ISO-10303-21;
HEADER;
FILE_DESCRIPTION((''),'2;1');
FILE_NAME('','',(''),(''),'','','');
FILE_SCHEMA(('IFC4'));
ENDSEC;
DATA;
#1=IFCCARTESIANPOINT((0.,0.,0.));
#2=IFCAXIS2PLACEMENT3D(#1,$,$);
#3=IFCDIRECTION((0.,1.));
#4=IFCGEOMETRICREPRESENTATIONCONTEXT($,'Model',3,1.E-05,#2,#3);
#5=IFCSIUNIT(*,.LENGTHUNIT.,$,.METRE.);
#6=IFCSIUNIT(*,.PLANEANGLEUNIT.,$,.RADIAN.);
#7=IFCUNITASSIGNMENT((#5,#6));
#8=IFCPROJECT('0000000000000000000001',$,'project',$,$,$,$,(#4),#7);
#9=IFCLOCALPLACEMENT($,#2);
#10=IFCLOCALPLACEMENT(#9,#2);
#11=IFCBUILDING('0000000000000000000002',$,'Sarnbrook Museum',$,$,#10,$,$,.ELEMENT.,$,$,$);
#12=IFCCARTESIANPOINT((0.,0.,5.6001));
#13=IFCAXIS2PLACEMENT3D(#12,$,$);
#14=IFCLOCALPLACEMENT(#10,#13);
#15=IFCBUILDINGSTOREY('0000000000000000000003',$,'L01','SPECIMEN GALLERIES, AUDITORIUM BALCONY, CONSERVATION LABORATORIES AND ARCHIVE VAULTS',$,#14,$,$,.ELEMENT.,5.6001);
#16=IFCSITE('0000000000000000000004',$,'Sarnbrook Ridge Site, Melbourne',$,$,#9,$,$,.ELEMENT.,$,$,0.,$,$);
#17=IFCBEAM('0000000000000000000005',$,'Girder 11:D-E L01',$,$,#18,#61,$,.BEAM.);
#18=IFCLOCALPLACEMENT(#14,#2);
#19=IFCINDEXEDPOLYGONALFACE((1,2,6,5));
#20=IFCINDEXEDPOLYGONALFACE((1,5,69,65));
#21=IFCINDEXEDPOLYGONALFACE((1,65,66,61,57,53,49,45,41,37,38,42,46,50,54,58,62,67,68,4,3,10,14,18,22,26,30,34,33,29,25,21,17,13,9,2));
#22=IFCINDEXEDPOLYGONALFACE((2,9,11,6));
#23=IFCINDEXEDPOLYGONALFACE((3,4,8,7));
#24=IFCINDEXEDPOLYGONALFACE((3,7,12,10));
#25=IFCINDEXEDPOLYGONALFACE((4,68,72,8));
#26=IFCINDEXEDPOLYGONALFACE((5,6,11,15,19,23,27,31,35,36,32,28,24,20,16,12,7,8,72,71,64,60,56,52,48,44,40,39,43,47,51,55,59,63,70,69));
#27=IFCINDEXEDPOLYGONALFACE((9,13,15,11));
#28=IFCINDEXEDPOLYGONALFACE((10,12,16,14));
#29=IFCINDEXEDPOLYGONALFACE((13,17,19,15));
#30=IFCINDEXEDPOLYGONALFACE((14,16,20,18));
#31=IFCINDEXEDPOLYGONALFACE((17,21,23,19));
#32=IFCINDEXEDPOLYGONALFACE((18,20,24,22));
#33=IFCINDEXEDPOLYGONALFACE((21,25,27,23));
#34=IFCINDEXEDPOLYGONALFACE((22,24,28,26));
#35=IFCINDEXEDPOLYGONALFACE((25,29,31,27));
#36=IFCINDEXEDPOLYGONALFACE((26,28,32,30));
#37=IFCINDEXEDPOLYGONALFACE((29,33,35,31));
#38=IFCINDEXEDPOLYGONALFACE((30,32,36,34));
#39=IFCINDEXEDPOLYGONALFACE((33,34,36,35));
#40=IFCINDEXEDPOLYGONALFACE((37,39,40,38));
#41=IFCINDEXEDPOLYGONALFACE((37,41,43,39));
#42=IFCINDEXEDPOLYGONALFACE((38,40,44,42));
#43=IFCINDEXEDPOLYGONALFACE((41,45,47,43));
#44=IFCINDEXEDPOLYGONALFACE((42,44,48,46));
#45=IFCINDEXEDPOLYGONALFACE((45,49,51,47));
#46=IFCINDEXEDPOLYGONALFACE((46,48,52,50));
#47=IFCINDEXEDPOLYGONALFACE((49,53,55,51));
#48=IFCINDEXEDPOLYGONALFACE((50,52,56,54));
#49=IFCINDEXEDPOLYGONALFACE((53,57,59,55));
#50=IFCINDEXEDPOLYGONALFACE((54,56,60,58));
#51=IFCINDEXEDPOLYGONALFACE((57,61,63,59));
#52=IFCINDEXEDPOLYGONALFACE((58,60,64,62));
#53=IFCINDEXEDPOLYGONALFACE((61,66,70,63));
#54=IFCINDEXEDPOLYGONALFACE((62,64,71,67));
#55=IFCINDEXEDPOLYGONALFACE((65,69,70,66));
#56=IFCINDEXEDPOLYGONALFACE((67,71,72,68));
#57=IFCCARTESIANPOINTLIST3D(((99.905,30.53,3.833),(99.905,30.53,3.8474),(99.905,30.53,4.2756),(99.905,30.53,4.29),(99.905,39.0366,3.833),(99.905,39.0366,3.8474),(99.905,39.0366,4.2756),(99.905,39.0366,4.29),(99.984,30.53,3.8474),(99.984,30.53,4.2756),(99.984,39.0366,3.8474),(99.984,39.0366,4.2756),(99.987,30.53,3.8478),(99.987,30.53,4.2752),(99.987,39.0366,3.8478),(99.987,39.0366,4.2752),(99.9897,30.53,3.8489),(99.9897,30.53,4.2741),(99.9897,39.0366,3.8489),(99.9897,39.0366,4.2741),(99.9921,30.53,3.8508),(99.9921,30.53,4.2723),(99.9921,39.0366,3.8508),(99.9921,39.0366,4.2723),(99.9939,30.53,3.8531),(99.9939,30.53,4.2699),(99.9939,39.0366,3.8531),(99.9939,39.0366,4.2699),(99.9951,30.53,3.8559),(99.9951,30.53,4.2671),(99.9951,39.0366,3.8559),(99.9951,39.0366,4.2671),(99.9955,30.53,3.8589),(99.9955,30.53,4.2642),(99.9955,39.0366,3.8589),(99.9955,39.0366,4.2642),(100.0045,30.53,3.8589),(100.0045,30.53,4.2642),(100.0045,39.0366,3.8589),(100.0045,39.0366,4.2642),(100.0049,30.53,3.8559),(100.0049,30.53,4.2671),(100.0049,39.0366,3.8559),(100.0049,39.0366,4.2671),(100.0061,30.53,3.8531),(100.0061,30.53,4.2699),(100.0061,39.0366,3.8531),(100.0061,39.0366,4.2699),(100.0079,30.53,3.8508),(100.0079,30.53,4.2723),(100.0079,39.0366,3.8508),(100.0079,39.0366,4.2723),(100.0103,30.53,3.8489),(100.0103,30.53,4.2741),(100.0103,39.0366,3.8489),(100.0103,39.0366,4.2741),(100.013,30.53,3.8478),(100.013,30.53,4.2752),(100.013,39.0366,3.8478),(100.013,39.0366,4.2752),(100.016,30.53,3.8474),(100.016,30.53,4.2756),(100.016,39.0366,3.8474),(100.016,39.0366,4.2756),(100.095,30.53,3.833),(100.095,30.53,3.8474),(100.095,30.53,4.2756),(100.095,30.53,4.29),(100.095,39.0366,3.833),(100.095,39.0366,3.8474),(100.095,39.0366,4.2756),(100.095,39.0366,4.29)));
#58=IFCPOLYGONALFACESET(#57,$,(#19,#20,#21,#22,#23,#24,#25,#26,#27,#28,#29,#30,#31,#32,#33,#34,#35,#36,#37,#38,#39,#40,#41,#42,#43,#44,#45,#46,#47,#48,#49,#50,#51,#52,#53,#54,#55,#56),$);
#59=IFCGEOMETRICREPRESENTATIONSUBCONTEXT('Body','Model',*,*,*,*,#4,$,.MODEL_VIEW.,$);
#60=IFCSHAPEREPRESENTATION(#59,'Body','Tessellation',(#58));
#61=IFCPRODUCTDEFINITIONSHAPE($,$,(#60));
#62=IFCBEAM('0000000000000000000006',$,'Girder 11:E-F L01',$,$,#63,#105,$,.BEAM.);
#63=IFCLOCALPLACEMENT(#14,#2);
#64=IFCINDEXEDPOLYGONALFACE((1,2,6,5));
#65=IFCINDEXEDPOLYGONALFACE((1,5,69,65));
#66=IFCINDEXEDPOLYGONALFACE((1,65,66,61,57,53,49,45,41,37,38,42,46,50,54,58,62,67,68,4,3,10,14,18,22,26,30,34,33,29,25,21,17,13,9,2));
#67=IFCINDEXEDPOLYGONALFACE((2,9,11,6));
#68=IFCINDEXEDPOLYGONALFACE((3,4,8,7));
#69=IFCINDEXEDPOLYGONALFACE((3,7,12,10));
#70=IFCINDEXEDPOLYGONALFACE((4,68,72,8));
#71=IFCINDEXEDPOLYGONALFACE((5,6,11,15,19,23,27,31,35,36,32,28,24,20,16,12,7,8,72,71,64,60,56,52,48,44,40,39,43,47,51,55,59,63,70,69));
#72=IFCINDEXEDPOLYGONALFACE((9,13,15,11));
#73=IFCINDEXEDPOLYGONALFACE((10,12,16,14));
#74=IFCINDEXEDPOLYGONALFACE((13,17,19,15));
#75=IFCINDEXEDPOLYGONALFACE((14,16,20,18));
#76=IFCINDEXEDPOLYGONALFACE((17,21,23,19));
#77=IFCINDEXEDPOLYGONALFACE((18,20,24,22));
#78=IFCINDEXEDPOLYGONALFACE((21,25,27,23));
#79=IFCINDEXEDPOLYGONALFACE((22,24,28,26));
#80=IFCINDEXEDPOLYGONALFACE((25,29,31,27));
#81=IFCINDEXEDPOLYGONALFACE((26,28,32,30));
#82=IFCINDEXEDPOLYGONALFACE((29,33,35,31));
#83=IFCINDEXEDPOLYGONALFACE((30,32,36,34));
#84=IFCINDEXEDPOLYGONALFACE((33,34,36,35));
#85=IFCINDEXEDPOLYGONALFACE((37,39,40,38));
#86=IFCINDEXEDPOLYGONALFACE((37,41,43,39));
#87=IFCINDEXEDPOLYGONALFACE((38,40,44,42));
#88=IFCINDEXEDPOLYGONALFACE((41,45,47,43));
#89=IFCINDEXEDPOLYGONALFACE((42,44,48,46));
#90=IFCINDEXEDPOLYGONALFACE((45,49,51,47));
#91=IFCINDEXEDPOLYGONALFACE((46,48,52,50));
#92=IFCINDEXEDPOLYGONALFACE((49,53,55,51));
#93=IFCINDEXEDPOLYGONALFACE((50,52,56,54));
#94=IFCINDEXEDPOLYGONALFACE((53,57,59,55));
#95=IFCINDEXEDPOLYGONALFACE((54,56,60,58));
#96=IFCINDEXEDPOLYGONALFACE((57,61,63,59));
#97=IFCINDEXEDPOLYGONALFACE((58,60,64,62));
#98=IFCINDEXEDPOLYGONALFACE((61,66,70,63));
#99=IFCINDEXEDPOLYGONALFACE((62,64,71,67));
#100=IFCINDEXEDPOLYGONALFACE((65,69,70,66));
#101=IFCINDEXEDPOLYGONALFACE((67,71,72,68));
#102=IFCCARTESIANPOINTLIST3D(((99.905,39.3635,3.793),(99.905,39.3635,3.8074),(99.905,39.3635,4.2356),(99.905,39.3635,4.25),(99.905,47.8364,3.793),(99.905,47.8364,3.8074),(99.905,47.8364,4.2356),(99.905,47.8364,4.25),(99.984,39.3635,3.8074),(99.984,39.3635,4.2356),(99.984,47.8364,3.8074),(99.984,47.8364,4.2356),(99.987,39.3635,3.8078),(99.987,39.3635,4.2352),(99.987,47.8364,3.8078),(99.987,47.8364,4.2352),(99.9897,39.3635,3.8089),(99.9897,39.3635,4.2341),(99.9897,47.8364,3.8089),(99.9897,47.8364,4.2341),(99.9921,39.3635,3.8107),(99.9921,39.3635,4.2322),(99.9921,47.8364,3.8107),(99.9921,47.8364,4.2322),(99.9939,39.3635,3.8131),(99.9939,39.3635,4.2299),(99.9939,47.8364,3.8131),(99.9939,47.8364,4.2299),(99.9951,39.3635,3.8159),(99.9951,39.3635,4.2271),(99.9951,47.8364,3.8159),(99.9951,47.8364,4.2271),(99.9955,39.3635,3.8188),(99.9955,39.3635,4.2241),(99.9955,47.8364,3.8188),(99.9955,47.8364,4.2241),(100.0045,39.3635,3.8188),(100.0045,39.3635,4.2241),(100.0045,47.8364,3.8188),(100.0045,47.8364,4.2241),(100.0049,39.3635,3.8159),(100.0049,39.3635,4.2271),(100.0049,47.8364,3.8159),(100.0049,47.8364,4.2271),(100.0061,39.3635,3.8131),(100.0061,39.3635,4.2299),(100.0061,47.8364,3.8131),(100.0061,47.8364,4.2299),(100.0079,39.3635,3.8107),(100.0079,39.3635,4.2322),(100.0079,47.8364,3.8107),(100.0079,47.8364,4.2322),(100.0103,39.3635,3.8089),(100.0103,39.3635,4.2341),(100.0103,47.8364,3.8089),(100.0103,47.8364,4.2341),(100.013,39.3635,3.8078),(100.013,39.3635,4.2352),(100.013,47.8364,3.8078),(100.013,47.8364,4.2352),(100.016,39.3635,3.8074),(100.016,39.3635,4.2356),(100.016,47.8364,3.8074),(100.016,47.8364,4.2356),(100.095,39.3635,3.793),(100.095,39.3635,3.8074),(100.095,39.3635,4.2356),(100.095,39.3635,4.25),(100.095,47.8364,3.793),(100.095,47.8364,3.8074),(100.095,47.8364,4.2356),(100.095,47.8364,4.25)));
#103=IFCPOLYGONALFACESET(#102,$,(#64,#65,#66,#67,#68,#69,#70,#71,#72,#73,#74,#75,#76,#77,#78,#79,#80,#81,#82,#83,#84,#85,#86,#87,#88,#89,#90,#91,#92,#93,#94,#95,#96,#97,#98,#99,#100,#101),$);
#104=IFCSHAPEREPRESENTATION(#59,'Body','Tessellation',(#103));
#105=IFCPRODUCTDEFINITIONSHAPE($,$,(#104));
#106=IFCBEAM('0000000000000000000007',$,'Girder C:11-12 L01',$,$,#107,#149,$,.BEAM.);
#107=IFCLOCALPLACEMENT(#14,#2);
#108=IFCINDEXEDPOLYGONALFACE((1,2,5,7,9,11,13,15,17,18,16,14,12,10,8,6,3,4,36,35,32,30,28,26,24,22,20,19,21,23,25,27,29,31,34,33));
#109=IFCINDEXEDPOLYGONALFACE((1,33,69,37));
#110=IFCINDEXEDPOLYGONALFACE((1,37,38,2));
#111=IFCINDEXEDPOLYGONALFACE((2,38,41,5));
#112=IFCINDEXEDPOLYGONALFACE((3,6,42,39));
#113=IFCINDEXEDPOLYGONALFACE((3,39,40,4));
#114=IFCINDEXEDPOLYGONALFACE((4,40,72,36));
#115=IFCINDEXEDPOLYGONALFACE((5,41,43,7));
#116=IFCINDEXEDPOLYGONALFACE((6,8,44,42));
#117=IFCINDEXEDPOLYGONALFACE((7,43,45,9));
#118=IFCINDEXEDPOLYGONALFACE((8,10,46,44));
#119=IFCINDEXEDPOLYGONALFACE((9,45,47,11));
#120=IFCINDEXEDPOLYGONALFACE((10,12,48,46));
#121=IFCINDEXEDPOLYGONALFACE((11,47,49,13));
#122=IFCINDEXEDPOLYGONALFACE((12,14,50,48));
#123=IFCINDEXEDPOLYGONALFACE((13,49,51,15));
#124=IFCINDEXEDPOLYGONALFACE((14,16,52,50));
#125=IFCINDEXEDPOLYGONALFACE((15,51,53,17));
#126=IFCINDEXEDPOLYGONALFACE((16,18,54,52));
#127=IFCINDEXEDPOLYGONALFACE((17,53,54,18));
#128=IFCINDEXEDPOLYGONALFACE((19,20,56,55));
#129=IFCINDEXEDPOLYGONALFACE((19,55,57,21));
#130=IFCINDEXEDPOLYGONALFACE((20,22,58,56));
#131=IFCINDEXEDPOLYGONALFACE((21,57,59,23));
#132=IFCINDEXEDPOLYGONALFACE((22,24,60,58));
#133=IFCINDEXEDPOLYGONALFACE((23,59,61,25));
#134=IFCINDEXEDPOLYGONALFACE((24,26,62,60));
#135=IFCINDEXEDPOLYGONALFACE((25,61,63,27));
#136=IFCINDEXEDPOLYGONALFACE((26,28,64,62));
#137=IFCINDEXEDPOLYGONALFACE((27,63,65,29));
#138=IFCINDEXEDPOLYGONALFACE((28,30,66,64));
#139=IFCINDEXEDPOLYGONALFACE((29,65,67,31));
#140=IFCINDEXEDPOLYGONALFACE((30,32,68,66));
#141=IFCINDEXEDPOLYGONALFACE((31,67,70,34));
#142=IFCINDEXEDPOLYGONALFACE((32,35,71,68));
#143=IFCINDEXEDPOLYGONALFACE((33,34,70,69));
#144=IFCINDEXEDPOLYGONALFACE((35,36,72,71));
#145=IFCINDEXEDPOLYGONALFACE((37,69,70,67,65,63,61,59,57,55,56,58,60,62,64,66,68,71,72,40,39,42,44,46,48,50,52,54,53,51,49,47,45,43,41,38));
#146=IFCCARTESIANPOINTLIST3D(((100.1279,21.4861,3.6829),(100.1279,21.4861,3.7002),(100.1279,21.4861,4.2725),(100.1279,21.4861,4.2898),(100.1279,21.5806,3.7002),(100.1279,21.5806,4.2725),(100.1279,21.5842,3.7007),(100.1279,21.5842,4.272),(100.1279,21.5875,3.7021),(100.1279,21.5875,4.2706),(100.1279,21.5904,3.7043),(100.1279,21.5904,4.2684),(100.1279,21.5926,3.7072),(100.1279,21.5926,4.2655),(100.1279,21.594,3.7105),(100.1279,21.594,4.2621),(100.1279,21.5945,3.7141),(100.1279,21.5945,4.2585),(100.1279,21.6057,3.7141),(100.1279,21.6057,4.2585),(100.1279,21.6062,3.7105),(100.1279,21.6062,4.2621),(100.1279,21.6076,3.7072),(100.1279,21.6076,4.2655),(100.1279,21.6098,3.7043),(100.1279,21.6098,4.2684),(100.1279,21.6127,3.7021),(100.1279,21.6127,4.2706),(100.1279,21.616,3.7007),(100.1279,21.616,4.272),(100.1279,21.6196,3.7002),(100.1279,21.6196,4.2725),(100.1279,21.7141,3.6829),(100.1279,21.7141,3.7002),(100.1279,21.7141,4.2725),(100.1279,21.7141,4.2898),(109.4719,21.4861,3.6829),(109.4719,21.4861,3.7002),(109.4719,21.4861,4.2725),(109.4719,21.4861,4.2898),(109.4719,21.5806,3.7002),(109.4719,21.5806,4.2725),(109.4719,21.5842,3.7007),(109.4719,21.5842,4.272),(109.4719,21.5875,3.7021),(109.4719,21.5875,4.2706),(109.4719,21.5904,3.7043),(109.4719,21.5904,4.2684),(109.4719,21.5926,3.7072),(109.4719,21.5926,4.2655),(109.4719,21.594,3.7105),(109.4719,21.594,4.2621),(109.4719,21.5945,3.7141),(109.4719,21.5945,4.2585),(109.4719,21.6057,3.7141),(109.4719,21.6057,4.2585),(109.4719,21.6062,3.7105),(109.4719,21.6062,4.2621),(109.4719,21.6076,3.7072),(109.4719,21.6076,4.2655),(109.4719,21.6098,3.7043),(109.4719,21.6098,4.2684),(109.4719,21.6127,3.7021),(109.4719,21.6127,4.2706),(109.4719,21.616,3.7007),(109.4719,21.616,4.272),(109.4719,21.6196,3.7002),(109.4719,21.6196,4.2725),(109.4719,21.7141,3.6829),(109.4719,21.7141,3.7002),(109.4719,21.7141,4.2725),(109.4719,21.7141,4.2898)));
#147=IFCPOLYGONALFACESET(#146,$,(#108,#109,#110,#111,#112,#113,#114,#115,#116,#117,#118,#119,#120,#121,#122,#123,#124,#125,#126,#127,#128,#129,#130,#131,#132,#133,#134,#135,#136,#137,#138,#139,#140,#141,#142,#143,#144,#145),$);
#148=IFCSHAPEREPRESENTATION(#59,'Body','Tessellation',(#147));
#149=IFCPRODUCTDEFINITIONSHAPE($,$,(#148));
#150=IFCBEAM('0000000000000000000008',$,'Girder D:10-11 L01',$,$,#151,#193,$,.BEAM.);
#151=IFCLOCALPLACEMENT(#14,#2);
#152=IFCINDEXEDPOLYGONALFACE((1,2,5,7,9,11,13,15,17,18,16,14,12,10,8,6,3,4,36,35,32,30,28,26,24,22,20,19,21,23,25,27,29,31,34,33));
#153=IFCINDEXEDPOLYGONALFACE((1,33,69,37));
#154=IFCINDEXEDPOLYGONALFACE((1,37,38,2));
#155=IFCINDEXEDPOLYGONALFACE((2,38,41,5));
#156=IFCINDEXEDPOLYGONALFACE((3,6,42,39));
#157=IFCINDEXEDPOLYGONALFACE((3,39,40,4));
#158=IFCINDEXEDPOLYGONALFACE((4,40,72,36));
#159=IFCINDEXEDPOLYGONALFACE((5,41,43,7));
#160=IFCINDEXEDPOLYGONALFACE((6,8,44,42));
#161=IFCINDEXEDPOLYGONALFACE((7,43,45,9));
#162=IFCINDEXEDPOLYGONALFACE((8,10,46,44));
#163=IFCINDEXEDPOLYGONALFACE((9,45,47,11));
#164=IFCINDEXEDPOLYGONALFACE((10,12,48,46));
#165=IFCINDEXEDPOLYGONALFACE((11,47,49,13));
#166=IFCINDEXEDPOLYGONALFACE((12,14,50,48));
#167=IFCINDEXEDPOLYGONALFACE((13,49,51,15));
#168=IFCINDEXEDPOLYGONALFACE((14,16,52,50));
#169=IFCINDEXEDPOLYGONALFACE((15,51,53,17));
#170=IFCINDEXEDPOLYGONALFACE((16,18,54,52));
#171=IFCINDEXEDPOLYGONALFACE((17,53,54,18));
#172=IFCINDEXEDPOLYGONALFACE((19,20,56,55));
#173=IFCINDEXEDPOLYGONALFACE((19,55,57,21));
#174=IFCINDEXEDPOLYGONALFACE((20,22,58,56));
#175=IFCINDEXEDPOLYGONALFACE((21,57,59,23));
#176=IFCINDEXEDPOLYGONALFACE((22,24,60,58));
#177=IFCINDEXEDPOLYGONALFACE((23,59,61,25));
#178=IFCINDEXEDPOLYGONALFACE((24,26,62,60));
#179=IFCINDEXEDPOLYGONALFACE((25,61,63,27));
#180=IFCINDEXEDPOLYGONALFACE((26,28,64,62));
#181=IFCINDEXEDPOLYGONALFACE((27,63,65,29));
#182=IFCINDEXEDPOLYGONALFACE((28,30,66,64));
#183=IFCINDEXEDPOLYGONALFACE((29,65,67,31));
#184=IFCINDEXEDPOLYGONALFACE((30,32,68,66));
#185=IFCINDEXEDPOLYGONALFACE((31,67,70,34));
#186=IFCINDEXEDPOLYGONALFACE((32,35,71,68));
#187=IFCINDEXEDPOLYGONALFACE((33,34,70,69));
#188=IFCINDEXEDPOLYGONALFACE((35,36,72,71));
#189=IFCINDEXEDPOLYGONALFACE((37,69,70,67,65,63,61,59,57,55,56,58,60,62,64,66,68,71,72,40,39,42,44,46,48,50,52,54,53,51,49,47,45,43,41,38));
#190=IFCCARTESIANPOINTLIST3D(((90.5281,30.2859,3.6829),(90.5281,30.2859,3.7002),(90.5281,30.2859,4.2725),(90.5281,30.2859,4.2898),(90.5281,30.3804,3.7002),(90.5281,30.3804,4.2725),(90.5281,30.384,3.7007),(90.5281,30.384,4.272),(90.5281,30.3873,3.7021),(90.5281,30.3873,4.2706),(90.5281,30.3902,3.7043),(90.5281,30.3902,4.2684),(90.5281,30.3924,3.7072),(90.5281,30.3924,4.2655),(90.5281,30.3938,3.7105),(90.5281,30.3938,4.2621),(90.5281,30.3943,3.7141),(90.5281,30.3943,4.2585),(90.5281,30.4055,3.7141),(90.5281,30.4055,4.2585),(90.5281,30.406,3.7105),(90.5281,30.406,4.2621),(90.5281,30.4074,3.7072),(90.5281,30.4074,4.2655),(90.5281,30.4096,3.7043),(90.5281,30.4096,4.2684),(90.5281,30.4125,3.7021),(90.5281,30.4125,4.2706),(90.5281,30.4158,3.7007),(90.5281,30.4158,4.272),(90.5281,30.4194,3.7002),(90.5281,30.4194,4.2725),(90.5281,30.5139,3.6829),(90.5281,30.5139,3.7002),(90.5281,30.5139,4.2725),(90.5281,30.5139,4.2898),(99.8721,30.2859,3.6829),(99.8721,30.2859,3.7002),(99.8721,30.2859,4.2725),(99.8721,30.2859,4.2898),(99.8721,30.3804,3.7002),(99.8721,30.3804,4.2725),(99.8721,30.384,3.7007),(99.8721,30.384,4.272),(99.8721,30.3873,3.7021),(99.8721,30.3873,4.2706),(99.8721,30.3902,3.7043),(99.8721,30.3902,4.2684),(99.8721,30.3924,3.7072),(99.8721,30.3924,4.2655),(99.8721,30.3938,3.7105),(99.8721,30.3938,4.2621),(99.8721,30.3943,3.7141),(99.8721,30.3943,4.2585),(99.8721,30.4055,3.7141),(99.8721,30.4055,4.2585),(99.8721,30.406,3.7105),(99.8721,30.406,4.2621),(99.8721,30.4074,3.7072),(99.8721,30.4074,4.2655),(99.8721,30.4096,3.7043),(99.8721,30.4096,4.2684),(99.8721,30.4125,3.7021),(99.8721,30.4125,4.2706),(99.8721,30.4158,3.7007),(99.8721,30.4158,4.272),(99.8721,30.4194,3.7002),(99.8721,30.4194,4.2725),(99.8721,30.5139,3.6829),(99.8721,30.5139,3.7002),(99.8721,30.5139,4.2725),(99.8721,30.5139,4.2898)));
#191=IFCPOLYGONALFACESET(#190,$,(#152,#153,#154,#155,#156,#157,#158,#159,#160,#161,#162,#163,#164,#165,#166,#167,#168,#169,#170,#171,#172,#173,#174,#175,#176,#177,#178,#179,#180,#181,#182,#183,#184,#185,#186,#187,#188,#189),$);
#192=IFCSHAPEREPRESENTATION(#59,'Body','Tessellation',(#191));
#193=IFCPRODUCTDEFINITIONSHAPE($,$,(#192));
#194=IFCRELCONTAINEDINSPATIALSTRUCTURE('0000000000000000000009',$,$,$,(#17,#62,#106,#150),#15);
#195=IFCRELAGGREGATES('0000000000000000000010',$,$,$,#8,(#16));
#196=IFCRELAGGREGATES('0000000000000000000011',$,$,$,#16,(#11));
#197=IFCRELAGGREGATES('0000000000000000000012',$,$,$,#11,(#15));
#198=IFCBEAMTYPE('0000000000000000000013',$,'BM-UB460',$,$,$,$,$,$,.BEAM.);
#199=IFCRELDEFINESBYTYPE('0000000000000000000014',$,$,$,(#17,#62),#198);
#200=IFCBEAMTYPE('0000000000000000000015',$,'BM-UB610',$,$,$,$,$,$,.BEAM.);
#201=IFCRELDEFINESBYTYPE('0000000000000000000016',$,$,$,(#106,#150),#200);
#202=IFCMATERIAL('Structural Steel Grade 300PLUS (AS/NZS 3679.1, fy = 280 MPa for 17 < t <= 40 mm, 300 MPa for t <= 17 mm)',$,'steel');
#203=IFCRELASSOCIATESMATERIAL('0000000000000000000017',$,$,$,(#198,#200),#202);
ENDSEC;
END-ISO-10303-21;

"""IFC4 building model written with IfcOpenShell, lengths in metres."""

from ifc_helpers import new_model, si_unit, direction, frame, origin, origin_2d, place, context, subcontext, project, spatial, i_section, extrude, material, material_profile, profile_set, type_object, element, save


model = new_model("IFC4")

# Units and contexts
model_context = context("Model", 3, precision=1e-05, world=origin(), true_north=direction((0.0, 1.0)))
body_context = subcontext(model_context, "Body", "Model", "MODEL_VIEW")
ifc_project = project(units=[si_unit("LENGTHUNIT", "METRE"), si_unit("PLANEANGLEUNIT", "RADIAN")], contexts=[model_context])

# Site, building, storey
site_placement = place(None, origin())
site = spatial("IfcSite", under=ifc_project, at=site_placement, Name="Sarnbrook Ridge Site, Melbourne", CompositionType="ELEMENT", RefElevation=0.0)
building_placement = place(site_placement, origin())
building = spatial("IfcBuilding", under=site, at=building_placement, Name="Sarnbrook Museum", CompositionType="ELEMENT")
storey_placement = place(building_placement, frame((0.0, 0.0, 5.6001)))
storey = spatial("IfcBuildingStorey", under=building, at=storey_placement, Name="L01", Description="SPECIMEN GALLERIES, AUDITORIUM BALCONY, CONSERVATION LABORATORIES AND ARCHIVE VAULTS", CompositionType="ELEMENT", Elevation=5.6001)

# Shared definitions
ifc_material_1 = material(Name="Structural Steel Grade 300PLUS (AS/NZS 3679.1, fy = 280 MPa for 17 < t <= 40 mm, 300 MPa for t <= 17 mm)", Category="steel")

# Beams
ifc_material_profile_1 = material_profile(ifc_material_1, i_section(OverallWidth=0.1899, OverallDepth=0.457, WebThickness=0.009, FlangeThickness=0.0144, FilletRadius=0.0115, at=origin_2d()), Name="460UB74.6")
ifc_profile_set_1 = profile_set([ifc_material_profile_1], Name="Structural Steel Grade 300PLUS (AS/NZS 3679.1, fy = 280 MPa for 17 < t <= 40 mm, 300 MPa for t <= 17 mm)")
beam_type_1 = type_object("IfcBeamType", Name="BM-UB460", PredefinedType="BEAM", material=ifc_profile_set_1)
beam_1_placement = place(storey_placement, frame((100.0, 30.53, 4.0615), z_axis=(0.0, 1.0, 0.0), x_axis=(-1.0, 0.0, 0.0)))
element("IfcBeam", 1, at=beam_1_placement, inside=storey, type_object=beam_type_1, Name="Girder 11:D-E L01", PredefinedType="BEAM", context=body_context, shape_type="SweptSolid", body=[
    extrude(i_section(OverallWidth=0.1899, OverallDepth=0.457, WebThickness=0.009, FlangeThickness=0.0144, FilletRadius=0.0115, at=origin_2d()), origin(), (0.0, 0.0, 1.0), 8.5066),
])
beam_2_placement = place(storey_placement, frame((100.0, 39.3635, 4.0215), z_axis=(0.0, 1.0, 0.0), x_axis=(-1.0, 0.0, 0.0)))
element("IfcBeam", 2, at=beam_2_placement, inside=storey, type_object=beam_type_1, Name="Girder 11:E-F L01", PredefinedType="BEAM", context=body_context, shape_type="SweptSolid", body=[
    extrude(i_section(OverallWidth=0.1899, OverallDepth=0.457, WebThickness=0.009, FlangeThickness=0.0144, FilletRadius=0.0115, at=origin_2d()), origin(), (0.0, 0.0, 1.0), 8.4729),
])
ifc_material_profile_2 = material_profile(ifc_material_1, i_section(OverallWidth=0.228, OverallDepth=0.6069, WebThickness=0.0112, FlangeThickness=0.0173, FilletRadius=0.0139, at=origin_2d()), Name="610UB113")
ifc_profile_set_2 = profile_set([ifc_material_profile_2], Name="Structural Steel Grade 300PLUS (AS/NZS 3679.1, fy = 280 MPa for 17 < t <= 40 mm, 300 MPa for t <= 17 mm)")
beam_type_2 = type_object("IfcBeamType", Name="BM-UB610", PredefinedType="BEAM", material=ifc_profile_set_2)
for number, where, z_axis, x_axis, name in (
    (3, (100.1279, 21.6001, 3.9863), (1.0, 0.0, 0.0), (0.0, 1.0, 0.0), "Girder C:11-12 L01"),
    (4, (90.5281, 30.3999, 3.9863), (1.0, 0.0, 0.0), (0.0, 1.0, 0.0), "Girder D:10-11 L01"),
):
    element("IfcBeam", number, at=place(storey_placement, frame(where, z_axis=z_axis, x_axis=x_axis)), inside=storey, type_object=beam_type_2, Name=name, PredefinedType="BEAM", context=body_context, shape_type="SweptSolid", body=[
        extrude(i_section(OverallWidth=0.228, OverallDepth=0.6069, WebThickness=0.0112, FlangeThickness=0.0173, FilletRadius=0.0139, at=origin_2d()), origin(), (0.0, 0.0, 1.0), 9.344),
    ])

save(model, "model.ifc")
